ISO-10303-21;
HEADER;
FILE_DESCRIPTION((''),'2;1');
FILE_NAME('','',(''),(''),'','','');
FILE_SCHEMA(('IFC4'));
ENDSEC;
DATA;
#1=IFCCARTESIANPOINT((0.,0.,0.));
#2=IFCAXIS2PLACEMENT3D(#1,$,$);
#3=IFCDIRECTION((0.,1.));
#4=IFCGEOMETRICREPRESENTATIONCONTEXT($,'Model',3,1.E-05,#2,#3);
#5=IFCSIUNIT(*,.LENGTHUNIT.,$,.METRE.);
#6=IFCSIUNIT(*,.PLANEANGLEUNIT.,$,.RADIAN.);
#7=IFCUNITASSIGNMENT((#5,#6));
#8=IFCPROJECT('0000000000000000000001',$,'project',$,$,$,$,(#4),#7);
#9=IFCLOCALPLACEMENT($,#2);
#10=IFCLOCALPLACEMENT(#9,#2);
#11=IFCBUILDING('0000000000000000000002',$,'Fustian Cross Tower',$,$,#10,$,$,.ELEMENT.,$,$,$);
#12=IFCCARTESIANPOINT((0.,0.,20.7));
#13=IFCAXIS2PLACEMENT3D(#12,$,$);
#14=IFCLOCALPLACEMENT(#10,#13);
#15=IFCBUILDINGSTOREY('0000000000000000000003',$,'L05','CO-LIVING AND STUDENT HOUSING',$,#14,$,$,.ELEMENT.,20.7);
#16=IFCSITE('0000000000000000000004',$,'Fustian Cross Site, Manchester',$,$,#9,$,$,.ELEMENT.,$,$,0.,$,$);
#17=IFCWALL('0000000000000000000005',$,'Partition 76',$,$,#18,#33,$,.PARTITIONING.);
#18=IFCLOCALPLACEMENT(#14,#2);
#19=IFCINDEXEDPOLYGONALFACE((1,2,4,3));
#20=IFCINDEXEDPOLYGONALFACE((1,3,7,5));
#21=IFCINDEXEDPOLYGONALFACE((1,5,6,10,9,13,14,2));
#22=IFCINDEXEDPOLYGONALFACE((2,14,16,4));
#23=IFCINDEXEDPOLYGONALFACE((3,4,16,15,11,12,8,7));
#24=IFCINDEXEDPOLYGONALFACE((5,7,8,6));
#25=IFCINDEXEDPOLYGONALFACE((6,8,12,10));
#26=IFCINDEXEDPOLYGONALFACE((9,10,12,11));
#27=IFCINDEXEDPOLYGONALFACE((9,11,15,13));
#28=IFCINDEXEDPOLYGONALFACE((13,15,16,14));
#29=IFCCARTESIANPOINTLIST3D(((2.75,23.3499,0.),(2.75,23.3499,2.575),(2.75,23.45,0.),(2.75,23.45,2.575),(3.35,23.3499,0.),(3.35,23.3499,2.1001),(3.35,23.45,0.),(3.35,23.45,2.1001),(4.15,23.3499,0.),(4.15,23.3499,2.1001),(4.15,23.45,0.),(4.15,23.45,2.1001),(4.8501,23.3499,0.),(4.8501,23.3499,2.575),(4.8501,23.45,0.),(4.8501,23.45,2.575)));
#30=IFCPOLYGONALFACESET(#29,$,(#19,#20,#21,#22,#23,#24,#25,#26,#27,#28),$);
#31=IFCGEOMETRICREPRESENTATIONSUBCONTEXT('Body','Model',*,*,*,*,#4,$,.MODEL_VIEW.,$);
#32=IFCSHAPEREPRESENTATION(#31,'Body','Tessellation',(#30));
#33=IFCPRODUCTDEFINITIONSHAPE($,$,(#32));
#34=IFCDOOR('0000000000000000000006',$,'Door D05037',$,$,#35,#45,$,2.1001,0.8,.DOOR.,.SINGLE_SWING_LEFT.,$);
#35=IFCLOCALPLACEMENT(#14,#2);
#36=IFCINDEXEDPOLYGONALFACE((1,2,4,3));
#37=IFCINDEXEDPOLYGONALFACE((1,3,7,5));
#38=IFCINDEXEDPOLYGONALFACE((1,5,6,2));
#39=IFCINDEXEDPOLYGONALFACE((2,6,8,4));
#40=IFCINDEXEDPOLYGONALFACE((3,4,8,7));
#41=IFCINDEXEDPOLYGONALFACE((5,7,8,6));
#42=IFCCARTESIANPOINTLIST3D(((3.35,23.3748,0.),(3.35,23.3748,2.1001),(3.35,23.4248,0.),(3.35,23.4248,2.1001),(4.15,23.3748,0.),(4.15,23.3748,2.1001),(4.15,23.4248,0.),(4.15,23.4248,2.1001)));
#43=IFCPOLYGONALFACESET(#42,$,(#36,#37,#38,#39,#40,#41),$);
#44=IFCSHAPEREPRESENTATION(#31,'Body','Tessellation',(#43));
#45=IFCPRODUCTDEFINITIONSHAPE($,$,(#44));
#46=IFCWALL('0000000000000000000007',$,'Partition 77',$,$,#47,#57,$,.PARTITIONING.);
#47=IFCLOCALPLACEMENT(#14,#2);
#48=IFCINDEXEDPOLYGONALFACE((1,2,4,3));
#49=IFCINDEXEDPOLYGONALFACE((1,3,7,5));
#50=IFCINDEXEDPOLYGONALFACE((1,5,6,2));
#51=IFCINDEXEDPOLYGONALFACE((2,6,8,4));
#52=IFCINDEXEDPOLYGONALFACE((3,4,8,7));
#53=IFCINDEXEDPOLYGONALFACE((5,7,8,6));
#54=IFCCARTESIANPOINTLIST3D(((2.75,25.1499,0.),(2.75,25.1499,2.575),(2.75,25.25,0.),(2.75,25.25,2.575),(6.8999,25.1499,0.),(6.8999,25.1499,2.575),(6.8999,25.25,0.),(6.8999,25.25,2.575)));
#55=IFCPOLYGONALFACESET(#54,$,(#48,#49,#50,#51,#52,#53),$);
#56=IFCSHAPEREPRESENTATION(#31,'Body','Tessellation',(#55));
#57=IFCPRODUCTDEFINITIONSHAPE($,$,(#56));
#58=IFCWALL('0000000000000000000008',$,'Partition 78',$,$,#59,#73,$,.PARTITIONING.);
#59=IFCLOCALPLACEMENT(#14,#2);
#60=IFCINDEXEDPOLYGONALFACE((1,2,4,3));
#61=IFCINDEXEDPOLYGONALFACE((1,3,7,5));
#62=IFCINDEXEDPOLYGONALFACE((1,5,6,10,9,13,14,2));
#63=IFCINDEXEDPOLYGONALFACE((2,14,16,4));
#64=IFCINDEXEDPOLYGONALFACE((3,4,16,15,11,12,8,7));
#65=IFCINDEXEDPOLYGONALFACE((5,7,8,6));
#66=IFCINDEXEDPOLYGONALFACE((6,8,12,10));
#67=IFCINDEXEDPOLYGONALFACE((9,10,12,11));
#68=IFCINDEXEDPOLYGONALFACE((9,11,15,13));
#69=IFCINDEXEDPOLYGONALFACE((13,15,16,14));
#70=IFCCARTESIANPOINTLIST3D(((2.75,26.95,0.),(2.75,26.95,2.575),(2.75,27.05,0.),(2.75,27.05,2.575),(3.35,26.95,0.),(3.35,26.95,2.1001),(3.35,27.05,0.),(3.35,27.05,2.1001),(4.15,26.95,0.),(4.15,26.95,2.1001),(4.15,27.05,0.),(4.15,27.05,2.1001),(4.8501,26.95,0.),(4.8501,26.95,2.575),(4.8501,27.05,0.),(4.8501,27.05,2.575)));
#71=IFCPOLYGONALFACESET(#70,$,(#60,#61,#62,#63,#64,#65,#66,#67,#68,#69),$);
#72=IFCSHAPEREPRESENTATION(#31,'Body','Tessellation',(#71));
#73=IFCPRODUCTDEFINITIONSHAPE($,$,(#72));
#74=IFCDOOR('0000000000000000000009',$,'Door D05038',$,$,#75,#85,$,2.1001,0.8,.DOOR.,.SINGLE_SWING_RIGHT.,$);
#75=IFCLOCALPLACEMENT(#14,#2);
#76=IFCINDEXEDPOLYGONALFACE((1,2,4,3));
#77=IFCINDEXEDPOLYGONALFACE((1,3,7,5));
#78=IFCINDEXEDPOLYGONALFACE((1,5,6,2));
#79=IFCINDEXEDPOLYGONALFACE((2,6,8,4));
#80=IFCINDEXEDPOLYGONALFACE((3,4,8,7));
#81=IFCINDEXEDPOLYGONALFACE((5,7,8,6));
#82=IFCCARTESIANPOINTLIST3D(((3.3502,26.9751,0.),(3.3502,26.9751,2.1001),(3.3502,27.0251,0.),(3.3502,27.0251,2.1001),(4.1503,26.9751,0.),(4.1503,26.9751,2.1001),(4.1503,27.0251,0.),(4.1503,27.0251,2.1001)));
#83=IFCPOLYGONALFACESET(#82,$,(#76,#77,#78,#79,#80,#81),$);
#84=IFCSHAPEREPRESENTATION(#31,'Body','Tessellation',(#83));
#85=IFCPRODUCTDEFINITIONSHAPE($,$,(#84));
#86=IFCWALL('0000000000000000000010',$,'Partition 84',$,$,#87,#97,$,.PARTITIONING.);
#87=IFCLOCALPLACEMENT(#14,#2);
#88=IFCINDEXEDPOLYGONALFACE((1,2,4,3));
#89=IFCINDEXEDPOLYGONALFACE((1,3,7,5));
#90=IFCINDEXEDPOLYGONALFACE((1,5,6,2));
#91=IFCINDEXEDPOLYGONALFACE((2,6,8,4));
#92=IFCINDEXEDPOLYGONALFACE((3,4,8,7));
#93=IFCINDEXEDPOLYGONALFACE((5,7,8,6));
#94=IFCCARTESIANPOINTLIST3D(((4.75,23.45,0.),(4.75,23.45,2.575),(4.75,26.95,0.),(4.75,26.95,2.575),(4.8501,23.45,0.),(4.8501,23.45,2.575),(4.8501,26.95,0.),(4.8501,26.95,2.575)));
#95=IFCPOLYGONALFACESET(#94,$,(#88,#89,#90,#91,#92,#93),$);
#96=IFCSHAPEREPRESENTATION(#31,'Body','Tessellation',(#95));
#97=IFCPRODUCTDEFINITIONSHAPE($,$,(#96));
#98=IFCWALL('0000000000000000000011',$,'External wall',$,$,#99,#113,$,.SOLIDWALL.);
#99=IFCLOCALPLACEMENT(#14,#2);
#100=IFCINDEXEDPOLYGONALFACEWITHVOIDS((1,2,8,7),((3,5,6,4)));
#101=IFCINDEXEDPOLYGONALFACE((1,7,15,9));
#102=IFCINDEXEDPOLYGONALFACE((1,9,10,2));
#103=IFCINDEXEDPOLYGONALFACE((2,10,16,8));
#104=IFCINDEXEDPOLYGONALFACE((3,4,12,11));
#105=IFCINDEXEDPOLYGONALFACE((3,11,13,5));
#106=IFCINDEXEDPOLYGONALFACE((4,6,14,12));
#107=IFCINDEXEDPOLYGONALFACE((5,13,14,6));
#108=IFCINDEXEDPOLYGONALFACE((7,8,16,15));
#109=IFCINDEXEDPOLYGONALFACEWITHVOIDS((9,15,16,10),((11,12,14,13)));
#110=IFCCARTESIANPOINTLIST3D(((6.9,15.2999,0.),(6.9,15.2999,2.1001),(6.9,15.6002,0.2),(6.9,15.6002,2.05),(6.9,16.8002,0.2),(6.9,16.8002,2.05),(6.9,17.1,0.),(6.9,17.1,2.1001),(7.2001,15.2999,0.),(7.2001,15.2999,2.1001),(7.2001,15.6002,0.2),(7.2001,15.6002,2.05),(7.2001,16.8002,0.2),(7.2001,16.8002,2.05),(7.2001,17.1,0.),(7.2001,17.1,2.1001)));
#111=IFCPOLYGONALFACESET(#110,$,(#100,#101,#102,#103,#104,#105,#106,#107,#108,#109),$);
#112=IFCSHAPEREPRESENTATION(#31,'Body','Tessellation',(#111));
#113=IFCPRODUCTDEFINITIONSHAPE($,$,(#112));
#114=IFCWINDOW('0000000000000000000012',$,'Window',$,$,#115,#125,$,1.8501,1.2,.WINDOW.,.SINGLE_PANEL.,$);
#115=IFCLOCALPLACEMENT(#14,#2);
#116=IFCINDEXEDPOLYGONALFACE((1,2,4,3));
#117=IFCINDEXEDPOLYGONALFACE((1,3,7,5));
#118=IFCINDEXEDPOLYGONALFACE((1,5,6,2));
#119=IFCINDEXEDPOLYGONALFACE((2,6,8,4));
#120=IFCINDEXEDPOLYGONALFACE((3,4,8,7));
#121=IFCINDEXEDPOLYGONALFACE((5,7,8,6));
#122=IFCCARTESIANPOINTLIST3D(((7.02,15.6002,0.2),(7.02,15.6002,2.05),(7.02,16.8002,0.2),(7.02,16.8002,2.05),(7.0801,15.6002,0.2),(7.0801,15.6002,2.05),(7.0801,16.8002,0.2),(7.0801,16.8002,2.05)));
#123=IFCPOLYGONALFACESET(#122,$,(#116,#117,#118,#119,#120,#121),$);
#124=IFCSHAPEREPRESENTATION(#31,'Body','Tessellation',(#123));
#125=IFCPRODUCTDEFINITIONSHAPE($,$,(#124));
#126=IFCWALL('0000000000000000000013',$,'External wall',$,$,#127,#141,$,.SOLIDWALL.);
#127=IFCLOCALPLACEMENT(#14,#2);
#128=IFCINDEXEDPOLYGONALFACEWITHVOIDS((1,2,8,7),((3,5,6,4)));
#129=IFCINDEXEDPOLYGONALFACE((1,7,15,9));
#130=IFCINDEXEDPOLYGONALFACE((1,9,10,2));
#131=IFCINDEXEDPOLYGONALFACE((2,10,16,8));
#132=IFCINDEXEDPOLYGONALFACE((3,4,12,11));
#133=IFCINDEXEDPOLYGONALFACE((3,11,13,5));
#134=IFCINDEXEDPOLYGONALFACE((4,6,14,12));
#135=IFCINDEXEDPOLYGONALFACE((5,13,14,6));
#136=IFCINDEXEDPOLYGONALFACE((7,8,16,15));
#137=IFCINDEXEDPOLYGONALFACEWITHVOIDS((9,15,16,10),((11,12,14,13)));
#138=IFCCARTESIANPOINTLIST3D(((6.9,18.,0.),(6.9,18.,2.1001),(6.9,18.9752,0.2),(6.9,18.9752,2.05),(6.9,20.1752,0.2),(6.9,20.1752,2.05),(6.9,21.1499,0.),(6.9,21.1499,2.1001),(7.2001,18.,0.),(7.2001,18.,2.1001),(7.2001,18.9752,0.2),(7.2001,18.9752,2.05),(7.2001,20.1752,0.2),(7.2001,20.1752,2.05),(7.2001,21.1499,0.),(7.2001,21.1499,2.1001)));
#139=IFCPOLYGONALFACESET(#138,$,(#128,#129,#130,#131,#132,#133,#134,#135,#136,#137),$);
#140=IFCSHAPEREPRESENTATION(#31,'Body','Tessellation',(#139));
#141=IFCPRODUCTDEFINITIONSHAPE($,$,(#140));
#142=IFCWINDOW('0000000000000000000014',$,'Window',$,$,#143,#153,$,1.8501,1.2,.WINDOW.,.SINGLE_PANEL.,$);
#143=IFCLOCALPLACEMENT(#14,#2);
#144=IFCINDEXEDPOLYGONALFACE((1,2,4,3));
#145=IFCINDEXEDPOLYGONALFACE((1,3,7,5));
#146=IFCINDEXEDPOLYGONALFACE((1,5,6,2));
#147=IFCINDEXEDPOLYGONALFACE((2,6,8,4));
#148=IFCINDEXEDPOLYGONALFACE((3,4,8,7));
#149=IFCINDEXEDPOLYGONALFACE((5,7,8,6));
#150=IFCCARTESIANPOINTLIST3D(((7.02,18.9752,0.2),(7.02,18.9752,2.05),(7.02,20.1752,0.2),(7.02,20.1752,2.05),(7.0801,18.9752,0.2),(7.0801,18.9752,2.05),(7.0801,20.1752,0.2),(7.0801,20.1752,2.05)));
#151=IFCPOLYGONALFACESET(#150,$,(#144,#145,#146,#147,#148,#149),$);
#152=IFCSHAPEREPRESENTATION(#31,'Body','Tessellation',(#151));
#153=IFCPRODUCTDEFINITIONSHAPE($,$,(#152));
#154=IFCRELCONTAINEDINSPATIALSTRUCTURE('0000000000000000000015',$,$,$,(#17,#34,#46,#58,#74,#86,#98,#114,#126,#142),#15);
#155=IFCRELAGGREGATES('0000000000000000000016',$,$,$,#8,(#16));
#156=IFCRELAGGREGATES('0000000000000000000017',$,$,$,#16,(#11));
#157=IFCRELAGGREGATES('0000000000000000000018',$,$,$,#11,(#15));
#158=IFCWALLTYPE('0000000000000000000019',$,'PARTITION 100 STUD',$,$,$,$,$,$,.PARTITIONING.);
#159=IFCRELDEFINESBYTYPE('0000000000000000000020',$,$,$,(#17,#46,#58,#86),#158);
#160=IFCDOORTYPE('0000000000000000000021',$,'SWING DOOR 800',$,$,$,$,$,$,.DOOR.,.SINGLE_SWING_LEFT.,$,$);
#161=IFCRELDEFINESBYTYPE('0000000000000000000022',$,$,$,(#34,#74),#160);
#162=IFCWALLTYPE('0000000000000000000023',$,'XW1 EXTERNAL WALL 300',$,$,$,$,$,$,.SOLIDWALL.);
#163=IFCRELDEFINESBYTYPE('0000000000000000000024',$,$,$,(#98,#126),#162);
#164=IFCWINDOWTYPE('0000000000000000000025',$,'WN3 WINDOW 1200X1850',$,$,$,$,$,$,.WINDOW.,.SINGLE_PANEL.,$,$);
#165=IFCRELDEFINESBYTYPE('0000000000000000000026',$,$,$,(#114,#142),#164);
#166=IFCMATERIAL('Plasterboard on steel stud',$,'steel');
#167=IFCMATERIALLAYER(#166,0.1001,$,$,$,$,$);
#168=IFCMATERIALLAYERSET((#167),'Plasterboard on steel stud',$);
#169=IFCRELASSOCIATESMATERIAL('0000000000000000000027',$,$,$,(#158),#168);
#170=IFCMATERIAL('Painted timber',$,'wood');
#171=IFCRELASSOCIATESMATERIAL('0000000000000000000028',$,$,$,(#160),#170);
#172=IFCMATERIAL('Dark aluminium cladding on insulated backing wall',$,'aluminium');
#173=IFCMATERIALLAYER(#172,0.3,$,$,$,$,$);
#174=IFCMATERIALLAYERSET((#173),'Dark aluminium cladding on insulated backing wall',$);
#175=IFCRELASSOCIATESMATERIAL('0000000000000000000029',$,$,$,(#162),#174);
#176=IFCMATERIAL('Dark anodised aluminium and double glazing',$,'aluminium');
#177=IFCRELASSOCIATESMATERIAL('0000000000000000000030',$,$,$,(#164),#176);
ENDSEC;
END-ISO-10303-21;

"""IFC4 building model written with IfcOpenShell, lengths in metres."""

from ifc_helpers import new_model, si_unit, direction, frame, frame_2d, origin, place, context, subcontext, project, spatial, rectangle, extrude, material, layer, layer_set, type_object, element, fill, save


model = new_model("IFC4")

# Units and contexts
model_context = context("Model", 3, precision=1e-05, world=origin(), true_north=direction((0.0, 1.0)))
body_context = subcontext(model_context, "Body", "Model", "MODEL_VIEW")
ifc_project = project(units=[si_unit("LENGTHUNIT", "METRE"), si_unit("PLANEANGLEUNIT", "RADIAN")], contexts=[model_context])

# Site, building, storey
site_placement = place(None, origin())
site = spatial("IfcSite", under=ifc_project, at=site_placement, Name="Fustian Cross Site, Manchester", CompositionType="ELEMENT", RefElevation=0.0)
building_placement = place(site_placement, origin())
building = spatial("IfcBuilding", under=site, at=building_placement, Name="Fustian Cross Tower", CompositionType="ELEMENT")
storey_placement = place(building_placement, frame((0.0, 0.0, 20.7)))
storey = spatial("IfcBuildingStorey", under=building, at=storey_placement, Name="L05", Description="CO-LIVING AND STUDENT HOUSING", CompositionType="ELEMENT", Elevation=20.7)

# Shared definitions
ifc_material_1 = material(Name="Plasterboard on steel stud", Category="steel")
ifc_layer_1 = layer(ifc_material_1, 0.1001)
ifc_layer_set_1 = layer_set([ifc_layer_1], Name="Plasterboard on steel stud")
wall_type_1 = type_object("IfcWallType", Name="PARTITION 100 STUD", PredefinedType="PARTITIONING", material=ifc_layer_set_1)

# Wall, opening, door
wall_1_placement = place(storey_placement, frame((2.75, 23.3999, 0.0), z_axis=(0.0, 0.0, 1.0), x_axis=(1.0, 0.0, 0.0)))
wall_1 = element("IfcWall", 1, at=wall_1_placement, inside=storey, type_object=wall_type_1, Name="Partition 76", PredefinedType="PARTITIONING", context=body_context, shape_type="SweptSolid", body=[
    extrude(rectangle(XDim=2.1001, YDim=0.1001, at=frame_2d((1.05, 0.0))), origin(), (0.0, 0.0, 1.0), 2.575),
])
opening_1_placement = place(wall_1_placement, frame((0.6001, 0.0, 0.0)))
opening_1 = element("IfcOpeningElement", 2, at=opening_1_placement, cuts=wall_1, PredefinedType="OPENING", context=body_context, shape_type="SweptSolid", body=[
    extrude(rectangle(XDim=0.8, YDim=2.1001, at=frame_2d((0.3999, 1.05))), frame((0.0, 0.0601, 0.0), z_axis=(0.0, -1.0, 0.0), x_axis=(1.0, 0.0, 0.0)), (0.0, 0.0, 1.0), 0.1201),
])
ifc_material_2 = material(Name="Painted timber", Category="wood")
door_type_1 = type_object("IfcDoorType", Name="SWING DOOR 800", OperationType="SINGLE_SWING_LEFT", PredefinedType="DOOR", material=ifc_material_2)
door_1_placement = place(opening_1_placement, origin())
door_1 = element("IfcDoor", 3, at=door_1_placement, inside=storey, type_object=door_type_1, Name="Door D05037", OperationType="SINGLE_SWING_LEFT", OverallHeight=2.1001, OverallWidth=0.8, PredefinedType="DOOR", context=body_context, shape_type="SweptSolid", body=[
    extrude(rectangle(XDim=0.8, YDim=2.1001, at=frame_2d((0.3999, 1.05))), frame((0.0, 0.0249, 0.0), z_axis=(0.0, -1.0, 0.0), x_axis=(1.0, 0.0, 0.0)), (0.0, 0.0, 1.0), 0.05),
])
fill(opening_1, door_1)

# Wall
wall_2_placement = place(storey_placement, frame((2.75, 25.2, 0.0), z_axis=(0.0, 0.0, 1.0), x_axis=(1.0, 0.0, 0.0)))
element("IfcWall", 4, at=wall_2_placement, inside=storey, type_object=wall_type_1, Name="Partition 77", PredefinedType="PARTITIONING", context=body_context, shape_type="SweptSolid", body=[
    extrude(rectangle(XDim=4.1499, YDim=0.1001, at=frame_2d((2.075, 0.0))), origin(), (0.0, 0.0, 1.0), 2.575),
])

# Wall, opening, door
wall_3_placement = place(storey_placement, frame((2.75, 27.0, 0.0), z_axis=(0.0, 0.0, 1.0), x_axis=(1.0, 0.0, 0.0)))
wall_3 = element("IfcWall", 5, at=wall_3_placement, inside=storey, type_object=wall_type_1, Name="Partition 78", PredefinedType="PARTITIONING", context=body_context, shape_type="SweptSolid", body=[
    extrude(rectangle(XDim=2.1001, YDim=0.1001, at=frame_2d((1.05, 0.0))), origin(), (0.0, 0.0, 1.0), 2.575),
])
opening_2_placement = place(wall_3_placement, frame((0.6001, 0.0, 0.0)))
opening_2 = element("IfcOpeningElement", 6, at=opening_2_placement, cuts=wall_3, PredefinedType="OPENING", context=body_context, shape_type="SweptSolid", body=[
    extrude(rectangle(XDim=0.8, YDim=2.1001, at=frame_2d((0.3999, 1.05))), frame((0.0, 0.0601, 0.0), z_axis=(0.0, -1.0, 0.0), x_axis=(1.0, 0.0, 0.0)), (0.0, 0.0, 1.0), 0.1201),
])
door_2_placement = place(opening_2_placement, frame((0.8, 0.0, 0.0), z_axis=(0.0, 0.0, 1.0), x_axis=(-1.0, 0.0, 0.0)))
door_2 = element("IfcDoor", 7, at=door_2_placement, inside=storey, type_object=door_type_1, Name="Door D05038", OperationType="SINGLE_SWING_RIGHT", OverallHeight=2.1001, OverallWidth=0.8, PredefinedType="DOOR", context=body_context, shape_type="SweptSolid", body=[
    extrude(rectangle(XDim=0.8, YDim=2.1001, at=frame_2d((0.3999, 1.05))), frame((0.0, 0.0249, 0.0), z_axis=(0.0, -1.0, 0.0), x_axis=(1.0, 0.0, 0.0)), (0.0, 0.0, 1.0), 0.05),
])
fill(opening_2, door_2)

# Wall
wall_4_placement = place(storey_placement, frame((4.8, 23.45, 0.0), z_axis=(0.0, 0.0, 1.0), x_axis=(0.0, 1.0, 0.0)))
element("IfcWall", 8, at=wall_4_placement, inside=storey, type_object=wall_type_1, Name="Partition 84", PredefinedType="PARTITIONING", context=body_context, shape_type="SweptSolid", body=[
    extrude(rectangle(XDim=3.5, YDim=0.1001, at=frame_2d((1.75, 0.0))), origin(), (0.0, 0.0, 1.0), 2.575),
])

# Walls, openings, windows
ifc_material_3 = material(Name="Dark aluminium cladding on insulated backing wall", Category="aluminium")
ifc_layer_2 = layer(ifc_material_3, 0.3)
ifc_layer_set_2 = layer_set([ifc_layer_2], Name="Dark aluminium cladding on insulated backing wall")
wall_type_2 = type_object("IfcWallType", Name="XW1 EXTERNAL WALL 300", PredefinedType="SOLIDWALL", material=ifc_layer_set_2)
wall_5_placement = place(storey_placement, frame((7.05, 15.3, 0.0), z_axis=(0.0, 0.0, 1.0), x_axis=(0.0, 1.0, 0.0)))
wall_5 = element("IfcWall", 9, at=wall_5_placement, inside=storey, type_object=wall_type_2, Name="External wall", PredefinedType="SOLIDWALL", context=body_context, shape_type="SweptSolid", body=[
    extrude(rectangle(XDim=1.8, YDim=0.3, at=frame_2d((0.8999, 0.0))), origin(), (0.0, 0.0, 1.0), 2.1001),
])
opening_3_placement = place(wall_5_placement, frame((0.3, 0.0, 0.2)))
opening_3 = element("IfcOpeningElement", 10, at=opening_3_placement, cuts=wall_5, PredefinedType="OPENING", context=body_context, shape_type="SweptSolid", body=[
    extrude(rectangle(XDim=1.2, YDim=1.8501, at=frame_2d((0.6001, 0.925))), frame((0.0, 0.1599, 0.0), z_axis=(0.0, -1.0, 0.0), x_axis=(1.0, 0.0, 0.0)), (0.0, 0.0, 1.0), 0.3201),
])
ifc_material_4 = material(Name="Dark anodised aluminium and double glazing", Category="aluminium")
window_type_1 = type_object("IfcWindowType", Name="WN3 WINDOW 1200X1850", PartitioningType="SINGLE_PANEL", PredefinedType="WINDOW", material=ifc_material_4)
window_1_placement = place(opening_3_placement, origin())
window_1 = element("IfcWindow", 11, at=window_1_placement, inside=storey, type_object=window_type_1, Name="Window", OverallHeight=1.8501, OverallWidth=1.2, PartitioningType="SINGLE_PANEL", PredefinedType="WINDOW", context=body_context, shape_type="SweptSolid", body=[
    extrude(rectangle(XDim=1.2, YDim=1.8501, at=frame_2d((0.6001, 0.925))), frame((0.0, 0.03, 0.0), z_axis=(0.0, -1.0, 0.0), x_axis=(1.0, 0.0, 0.0)), (0.0, 0.0, 1.0), 0.0601),
])
fill(opening_3, window_1)
wall_6_placement = place(storey_placement, frame((7.05, 18.0, 0.0), z_axis=(0.0, 0.0, 1.0), x_axis=(0.0, 1.0, 0.0)))
wall_6 = element("IfcWall", 12, at=wall_6_placement, inside=storey, type_object=wall_type_2, Name="External wall", PredefinedType="SOLIDWALL", context=body_context, shape_type="SweptSolid", body=[
    extrude(rectangle(XDim=3.1499, YDim=0.3, at=frame_2d((1.575, 0.0))), origin(), (0.0, 0.0, 1.0), 2.1001),
])
opening_4_placement = place(wall_6_placement, frame((0.9751, 0.0, 0.2)))
opening_4 = element("IfcOpeningElement", 13, at=opening_4_placement, cuts=wall_6, PredefinedType="OPENING", context=body_context, shape_type="SweptSolid", body=[
    extrude(rectangle(XDim=1.2, YDim=1.8501, at=frame_2d((0.6001, 0.925))), frame((0.0, 0.1599, 0.0), z_axis=(0.0, -1.0, 0.0), x_axis=(1.0, 0.0, 0.0)), (0.0, 0.0, 1.0), 0.3201),
])
window_2_placement = place(opening_4_placement, origin())
window_2 = element("IfcWindow", 14, at=window_2_placement, inside=storey, type_object=window_type_1, Name="Window", OverallHeight=1.8501, OverallWidth=1.2, PartitioningType="SINGLE_PANEL", PredefinedType="WINDOW", context=body_context, shape_type="SweptSolid", body=[
    extrude(rectangle(XDim=1.2, YDim=1.8501, at=frame_2d((0.6001, 0.925))), frame((0.0, 0.03, 0.0), z_axis=(0.0, -1.0, 0.0), x_axis=(1.0, 0.0, 0.0)), (0.0, 0.0, 1.0), 0.0601),
])
fill(opening_4, window_2)

save(model, "model.ifc")
